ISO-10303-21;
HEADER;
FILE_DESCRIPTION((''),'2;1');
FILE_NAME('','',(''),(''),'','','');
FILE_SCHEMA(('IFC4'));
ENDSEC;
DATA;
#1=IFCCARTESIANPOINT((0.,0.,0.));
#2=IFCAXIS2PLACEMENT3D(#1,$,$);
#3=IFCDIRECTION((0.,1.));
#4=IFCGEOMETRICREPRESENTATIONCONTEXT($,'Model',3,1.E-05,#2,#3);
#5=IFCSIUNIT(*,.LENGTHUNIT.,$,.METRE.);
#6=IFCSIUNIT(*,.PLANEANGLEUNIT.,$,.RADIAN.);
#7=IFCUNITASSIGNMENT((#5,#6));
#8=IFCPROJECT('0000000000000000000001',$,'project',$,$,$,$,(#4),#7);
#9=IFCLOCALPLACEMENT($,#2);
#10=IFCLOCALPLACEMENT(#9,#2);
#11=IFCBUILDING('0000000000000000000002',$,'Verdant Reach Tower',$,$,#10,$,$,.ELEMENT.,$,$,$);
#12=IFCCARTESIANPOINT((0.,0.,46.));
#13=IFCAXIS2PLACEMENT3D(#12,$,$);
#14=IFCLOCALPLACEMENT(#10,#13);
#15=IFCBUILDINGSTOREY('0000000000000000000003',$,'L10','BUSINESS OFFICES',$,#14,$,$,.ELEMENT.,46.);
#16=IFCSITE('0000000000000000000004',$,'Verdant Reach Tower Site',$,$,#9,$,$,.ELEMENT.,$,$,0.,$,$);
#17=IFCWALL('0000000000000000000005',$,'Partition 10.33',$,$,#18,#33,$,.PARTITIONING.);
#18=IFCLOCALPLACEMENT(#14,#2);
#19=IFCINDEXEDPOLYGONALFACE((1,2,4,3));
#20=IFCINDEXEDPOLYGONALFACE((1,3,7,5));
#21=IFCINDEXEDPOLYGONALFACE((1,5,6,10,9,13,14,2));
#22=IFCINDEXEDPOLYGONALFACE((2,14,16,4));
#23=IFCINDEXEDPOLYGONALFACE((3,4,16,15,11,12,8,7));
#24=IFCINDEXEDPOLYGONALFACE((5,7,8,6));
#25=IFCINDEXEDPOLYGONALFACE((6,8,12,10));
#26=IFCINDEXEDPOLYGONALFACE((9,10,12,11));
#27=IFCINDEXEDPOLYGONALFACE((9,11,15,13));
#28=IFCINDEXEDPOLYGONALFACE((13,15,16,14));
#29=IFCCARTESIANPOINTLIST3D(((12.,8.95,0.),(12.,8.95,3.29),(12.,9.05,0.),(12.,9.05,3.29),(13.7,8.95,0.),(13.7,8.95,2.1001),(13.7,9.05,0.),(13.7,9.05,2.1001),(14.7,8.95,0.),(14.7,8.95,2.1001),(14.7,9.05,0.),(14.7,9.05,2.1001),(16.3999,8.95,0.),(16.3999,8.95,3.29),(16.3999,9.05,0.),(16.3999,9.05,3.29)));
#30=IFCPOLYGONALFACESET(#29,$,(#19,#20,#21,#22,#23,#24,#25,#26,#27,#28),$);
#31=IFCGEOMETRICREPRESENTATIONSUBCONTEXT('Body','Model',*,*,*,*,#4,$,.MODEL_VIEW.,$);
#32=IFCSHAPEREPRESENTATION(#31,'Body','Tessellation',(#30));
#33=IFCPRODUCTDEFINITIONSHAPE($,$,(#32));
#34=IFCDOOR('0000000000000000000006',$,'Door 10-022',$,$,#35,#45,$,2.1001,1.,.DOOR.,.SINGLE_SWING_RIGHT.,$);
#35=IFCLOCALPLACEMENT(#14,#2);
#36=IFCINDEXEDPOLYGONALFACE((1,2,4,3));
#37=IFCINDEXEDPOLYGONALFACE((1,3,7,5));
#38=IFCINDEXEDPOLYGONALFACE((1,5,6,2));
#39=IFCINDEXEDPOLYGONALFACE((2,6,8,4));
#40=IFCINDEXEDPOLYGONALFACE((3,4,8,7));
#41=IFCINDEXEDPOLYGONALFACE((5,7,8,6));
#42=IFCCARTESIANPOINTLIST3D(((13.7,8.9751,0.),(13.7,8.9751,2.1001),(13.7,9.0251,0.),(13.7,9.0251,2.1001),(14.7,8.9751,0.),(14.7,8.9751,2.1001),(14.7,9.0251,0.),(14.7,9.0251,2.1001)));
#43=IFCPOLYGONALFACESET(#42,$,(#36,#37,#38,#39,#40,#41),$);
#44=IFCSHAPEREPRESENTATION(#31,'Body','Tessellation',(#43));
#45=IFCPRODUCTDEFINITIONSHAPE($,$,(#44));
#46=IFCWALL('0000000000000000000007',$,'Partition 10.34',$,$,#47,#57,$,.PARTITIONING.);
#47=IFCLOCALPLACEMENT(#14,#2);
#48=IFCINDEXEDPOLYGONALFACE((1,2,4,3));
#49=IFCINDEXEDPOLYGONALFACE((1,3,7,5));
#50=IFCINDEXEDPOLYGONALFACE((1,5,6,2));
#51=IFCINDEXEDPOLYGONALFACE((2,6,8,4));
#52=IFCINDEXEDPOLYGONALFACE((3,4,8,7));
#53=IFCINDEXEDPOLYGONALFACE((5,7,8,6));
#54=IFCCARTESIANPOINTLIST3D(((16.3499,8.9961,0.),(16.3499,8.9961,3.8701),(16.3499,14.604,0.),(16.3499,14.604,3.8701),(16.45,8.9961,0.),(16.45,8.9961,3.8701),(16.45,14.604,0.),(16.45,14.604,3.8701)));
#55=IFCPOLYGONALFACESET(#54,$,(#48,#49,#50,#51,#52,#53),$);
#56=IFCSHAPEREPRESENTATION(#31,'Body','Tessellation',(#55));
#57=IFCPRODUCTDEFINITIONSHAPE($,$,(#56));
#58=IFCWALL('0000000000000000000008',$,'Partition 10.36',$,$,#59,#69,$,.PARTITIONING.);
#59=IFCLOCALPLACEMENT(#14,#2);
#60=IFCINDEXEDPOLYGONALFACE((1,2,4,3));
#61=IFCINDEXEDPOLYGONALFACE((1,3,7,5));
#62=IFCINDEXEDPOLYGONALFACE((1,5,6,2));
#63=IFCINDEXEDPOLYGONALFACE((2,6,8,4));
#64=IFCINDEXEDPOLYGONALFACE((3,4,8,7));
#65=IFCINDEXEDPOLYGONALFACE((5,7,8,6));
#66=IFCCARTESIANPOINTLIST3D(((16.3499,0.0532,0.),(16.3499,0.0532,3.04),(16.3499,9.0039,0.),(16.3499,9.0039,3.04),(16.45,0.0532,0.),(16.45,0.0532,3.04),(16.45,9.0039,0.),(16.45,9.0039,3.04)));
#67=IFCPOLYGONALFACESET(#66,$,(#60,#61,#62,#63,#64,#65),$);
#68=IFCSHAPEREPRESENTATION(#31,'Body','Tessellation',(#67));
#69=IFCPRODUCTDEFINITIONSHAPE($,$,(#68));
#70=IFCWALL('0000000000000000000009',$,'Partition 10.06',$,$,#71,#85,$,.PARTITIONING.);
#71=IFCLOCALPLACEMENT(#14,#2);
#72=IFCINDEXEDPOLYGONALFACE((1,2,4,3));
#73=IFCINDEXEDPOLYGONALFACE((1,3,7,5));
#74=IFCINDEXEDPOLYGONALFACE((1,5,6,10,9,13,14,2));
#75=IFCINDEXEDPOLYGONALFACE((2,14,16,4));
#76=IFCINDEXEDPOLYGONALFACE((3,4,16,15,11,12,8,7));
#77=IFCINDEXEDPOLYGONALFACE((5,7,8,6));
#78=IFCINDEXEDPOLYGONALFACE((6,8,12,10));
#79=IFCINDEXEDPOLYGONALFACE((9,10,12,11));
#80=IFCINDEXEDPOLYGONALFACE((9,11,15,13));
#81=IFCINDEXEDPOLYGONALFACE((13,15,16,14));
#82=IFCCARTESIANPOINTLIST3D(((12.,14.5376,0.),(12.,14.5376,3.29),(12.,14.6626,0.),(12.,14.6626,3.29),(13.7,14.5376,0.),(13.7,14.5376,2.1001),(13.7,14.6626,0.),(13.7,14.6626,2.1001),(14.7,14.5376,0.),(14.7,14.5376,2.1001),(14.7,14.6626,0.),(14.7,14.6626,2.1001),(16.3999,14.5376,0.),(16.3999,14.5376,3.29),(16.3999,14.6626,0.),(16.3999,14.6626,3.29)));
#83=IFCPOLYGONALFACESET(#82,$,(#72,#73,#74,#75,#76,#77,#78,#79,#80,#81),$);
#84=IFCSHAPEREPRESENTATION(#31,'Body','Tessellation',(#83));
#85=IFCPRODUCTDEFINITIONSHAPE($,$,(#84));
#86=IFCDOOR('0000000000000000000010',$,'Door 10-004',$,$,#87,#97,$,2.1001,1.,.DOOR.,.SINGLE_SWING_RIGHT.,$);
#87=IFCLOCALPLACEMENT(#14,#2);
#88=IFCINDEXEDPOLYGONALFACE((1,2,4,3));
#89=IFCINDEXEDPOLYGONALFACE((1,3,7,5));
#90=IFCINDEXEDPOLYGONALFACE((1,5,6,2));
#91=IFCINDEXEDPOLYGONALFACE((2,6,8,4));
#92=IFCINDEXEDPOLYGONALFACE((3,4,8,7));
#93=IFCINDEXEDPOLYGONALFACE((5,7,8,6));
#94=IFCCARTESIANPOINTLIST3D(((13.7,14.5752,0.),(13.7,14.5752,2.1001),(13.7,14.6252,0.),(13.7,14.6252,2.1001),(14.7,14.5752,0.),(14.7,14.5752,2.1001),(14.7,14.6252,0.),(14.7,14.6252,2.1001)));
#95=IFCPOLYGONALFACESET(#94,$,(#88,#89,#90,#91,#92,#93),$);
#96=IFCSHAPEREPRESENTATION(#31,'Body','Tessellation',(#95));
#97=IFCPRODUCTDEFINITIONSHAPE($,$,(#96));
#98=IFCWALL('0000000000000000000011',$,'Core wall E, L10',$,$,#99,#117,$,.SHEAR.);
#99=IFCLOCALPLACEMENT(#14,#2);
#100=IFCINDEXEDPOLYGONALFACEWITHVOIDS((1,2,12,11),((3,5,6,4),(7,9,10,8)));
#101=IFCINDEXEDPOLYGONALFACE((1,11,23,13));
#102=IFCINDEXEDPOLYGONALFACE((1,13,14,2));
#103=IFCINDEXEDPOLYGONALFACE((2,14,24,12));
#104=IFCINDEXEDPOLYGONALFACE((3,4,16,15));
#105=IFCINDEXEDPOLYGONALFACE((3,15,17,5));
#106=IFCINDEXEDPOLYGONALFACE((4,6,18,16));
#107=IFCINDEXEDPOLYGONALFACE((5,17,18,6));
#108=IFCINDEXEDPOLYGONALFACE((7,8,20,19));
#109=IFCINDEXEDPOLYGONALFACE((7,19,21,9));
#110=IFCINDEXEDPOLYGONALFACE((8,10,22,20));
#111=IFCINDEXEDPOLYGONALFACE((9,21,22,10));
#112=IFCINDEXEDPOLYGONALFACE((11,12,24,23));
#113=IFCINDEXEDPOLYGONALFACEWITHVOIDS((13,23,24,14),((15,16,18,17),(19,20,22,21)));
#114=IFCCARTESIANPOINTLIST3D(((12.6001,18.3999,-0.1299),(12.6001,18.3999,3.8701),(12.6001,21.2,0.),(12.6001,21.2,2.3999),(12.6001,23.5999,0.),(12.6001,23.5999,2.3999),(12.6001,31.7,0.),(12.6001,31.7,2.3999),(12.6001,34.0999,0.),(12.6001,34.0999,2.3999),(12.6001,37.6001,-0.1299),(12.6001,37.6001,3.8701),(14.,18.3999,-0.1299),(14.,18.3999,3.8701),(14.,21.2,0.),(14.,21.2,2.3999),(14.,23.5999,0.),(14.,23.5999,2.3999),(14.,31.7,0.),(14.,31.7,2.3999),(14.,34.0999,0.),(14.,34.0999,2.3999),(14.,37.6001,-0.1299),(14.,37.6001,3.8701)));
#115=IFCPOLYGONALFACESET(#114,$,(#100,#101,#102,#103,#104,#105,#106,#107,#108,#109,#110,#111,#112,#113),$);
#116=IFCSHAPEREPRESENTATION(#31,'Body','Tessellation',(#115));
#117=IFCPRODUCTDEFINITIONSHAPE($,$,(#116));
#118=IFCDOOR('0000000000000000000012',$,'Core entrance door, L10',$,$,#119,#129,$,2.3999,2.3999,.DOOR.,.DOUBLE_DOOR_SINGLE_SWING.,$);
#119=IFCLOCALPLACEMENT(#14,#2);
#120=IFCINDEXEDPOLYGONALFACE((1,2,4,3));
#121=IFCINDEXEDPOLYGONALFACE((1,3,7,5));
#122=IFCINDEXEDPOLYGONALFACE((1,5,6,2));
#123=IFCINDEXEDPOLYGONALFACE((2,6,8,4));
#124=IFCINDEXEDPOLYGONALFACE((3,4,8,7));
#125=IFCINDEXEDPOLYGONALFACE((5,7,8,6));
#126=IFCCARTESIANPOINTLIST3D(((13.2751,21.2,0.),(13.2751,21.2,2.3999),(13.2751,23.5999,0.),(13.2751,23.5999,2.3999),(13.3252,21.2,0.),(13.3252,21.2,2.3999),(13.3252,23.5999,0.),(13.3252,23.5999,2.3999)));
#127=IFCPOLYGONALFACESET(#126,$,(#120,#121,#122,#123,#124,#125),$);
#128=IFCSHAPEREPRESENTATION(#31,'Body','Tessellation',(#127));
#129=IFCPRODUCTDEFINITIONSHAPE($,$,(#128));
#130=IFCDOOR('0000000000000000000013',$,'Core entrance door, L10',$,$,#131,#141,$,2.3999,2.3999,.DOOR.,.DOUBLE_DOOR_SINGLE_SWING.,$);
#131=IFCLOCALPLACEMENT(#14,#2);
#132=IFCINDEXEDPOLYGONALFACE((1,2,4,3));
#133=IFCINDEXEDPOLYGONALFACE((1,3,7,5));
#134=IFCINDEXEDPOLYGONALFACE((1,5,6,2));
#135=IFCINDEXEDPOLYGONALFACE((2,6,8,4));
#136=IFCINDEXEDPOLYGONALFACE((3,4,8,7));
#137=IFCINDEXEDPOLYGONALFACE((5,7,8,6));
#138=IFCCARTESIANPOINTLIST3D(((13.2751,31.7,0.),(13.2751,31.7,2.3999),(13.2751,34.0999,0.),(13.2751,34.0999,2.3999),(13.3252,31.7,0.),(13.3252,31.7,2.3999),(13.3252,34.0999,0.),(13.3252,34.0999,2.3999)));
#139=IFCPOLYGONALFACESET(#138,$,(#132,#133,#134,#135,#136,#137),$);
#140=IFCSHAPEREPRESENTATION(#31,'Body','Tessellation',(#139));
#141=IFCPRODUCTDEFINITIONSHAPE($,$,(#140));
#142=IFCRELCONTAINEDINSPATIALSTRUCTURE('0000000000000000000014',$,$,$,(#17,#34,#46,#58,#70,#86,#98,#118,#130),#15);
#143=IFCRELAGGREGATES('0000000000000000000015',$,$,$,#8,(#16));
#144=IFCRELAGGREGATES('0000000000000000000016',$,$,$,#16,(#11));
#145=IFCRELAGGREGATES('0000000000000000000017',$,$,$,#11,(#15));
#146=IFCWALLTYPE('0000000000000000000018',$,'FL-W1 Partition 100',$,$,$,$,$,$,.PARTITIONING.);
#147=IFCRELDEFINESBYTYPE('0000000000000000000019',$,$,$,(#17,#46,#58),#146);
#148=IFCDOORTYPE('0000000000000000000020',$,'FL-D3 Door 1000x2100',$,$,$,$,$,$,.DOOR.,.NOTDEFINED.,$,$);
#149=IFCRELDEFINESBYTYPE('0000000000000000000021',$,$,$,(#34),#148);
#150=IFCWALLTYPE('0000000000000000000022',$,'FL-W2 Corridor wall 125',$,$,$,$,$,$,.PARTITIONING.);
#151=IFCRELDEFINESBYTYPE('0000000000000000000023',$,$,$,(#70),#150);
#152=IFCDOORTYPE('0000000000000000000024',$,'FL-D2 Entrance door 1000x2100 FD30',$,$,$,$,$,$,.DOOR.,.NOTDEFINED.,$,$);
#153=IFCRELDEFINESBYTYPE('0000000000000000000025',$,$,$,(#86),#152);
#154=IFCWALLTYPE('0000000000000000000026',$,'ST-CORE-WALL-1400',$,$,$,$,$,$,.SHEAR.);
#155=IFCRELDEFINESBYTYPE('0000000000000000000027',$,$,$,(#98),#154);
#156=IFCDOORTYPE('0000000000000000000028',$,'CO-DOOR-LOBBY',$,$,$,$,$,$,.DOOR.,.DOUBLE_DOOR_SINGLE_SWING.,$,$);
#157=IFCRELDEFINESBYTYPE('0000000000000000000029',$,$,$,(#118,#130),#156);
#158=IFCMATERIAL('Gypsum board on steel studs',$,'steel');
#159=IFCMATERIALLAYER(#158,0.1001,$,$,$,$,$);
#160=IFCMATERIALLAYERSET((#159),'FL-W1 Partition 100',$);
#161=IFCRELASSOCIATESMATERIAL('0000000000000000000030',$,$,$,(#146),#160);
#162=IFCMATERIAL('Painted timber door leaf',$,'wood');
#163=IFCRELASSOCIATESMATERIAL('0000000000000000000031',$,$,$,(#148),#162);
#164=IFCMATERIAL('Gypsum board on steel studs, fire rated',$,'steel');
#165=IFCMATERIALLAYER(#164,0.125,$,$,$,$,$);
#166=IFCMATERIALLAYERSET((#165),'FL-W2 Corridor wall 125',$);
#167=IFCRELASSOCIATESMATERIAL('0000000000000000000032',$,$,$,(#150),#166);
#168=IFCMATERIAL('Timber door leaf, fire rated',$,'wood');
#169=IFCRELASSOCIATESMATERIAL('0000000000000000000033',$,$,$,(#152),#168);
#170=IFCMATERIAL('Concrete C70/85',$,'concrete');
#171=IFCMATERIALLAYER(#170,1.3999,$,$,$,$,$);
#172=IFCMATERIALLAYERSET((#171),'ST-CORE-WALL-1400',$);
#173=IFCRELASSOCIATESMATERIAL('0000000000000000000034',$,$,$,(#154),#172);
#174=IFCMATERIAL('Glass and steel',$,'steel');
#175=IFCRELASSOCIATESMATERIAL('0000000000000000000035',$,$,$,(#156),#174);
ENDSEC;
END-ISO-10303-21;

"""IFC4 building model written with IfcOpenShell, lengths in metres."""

from ifc_helpers import new_model, si_unit, direction, frame, frame_2d, origin, place, context, subcontext, project, spatial, rectangle, extrude, material, layer, layer_set, type_object, element, fill, save


model = new_model("IFC4")

# Units and contexts
model_context = context("Model", 3, precision=1e-05, world=origin(), true_north=direction((0.0, 1.0)))
body_context = subcontext(model_context, "Body", "Model", "MODEL_VIEW")
ifc_project = project(units=[si_unit("LENGTHUNIT", "METRE"), si_unit("PLANEANGLEUNIT", "RADIAN")], contexts=[model_context])

# Site, building, storey
site_placement = place(None, origin())
site = spatial("IfcSite", under=ifc_project, at=site_placement, Name="Verdant Reach Tower Site", CompositionType="ELEMENT", RefElevation=0.0)
building_placement = place(site_placement, origin())
building = spatial("IfcBuilding", under=site, at=building_placement, Name="Verdant Reach Tower", CompositionType="ELEMENT")
storey_placement = place(building_placement, frame((0.0, 0.0, 46.0)))
storey = spatial("IfcBuildingStorey", under=building, at=storey_placement, Name="L10", Description="BUSINESS OFFICES", CompositionType="ELEMENT", Elevation=46.0)

# Wall, opening, door
ifc_material_1 = material(Name="Gypsum board on steel studs", Category="steel")
ifc_layer_1 = layer(ifc_material_1, 0.1001)
ifc_layer_set_1 = layer_set([ifc_layer_1], Name="FL-W1 Partition 100")
wall_type_1 = type_object("IfcWallType", Name="FL-W1 Partition 100", PredefinedType="PARTITIONING", material=ifc_layer_set_1)
wall_1_placement = place(storey_placement, frame((16.3999, 9.0, 0.0), z_axis=(0.0, 0.0, 1.0), x_axis=(-1.0, 0.0, 0.0)))
wall_1 = element("IfcWall", 1, at=wall_1_placement, inside=storey, type_object=wall_type_1, Name="Partition 10.33", PredefinedType="PARTITIONING", context=body_context, shape_type="SweptSolid", body=[
    extrude(rectangle(XDim=4.3999, YDim=0.1001, at=frame_2d((2.2, 0.0))), origin(), (0.0, 0.0, 1.0), 3.29),
])
opening_1_placement = place(wall_1_placement, frame((1.7, 0.0, 0.0)))
opening_1 = element("IfcOpeningElement", 2, at=opening_1_placement, cuts=wall_1, PredefinedType="OPENING", context=body_context, shape_type="SweptSolid", body=[
    extrude(rectangle(XDim=1.0, YDim=2.1001, at=frame_2d((0.5, 1.05))), frame((0.0, 0.0601, 0.0), z_axis=(0.0, -1.0, 0.0), x_axis=(1.0, 0.0, 0.0)), (0.0, 0.0, 1.0), 0.1201),
])
ifc_material_2 = material(Name="Painted timber door leaf", Category="wood")
door_type_1 = type_object("IfcDoorType", Name="FL-D3 Door 1000x2100", OperationType="NOTDEFINED", PredefinedType="DOOR", material=ifc_material_2)
door_1_placement = place(opening_1_placement, origin())
door_1 = element("IfcDoor", 3, at=door_1_placement, inside=storey, type_object=door_type_1, Name="Door 10-022", OperationType="SINGLE_SWING_RIGHT", OverallHeight=2.1001, OverallWidth=1.0, PredefinedType="DOOR", context=body_context, shape_type="SweptSolid", body=[
    extrude(rectangle(XDim=1.0, YDim=2.1001, at=frame_2d((0.5, 1.05))), frame((0.0, 0.0249, 0.0), z_axis=(0.0, -1.0, 0.0), x_axis=(1.0, 0.0, 0.0)), (0.0, 0.0, 1.0), 0.05),
])
fill(opening_1, door_1)

# Walls
wall_2_placement = place(storey_placement, frame((16.3999, 8.9961, 0.0), z_axis=(0.0, 0.0, 1.0), x_axis=(0.0, 1.0, 0.0)))
element("IfcWall", 4, at=wall_2_placement, inside=storey, type_object=wall_type_1, Name="Partition 10.34", PredefinedType="PARTITIONING", context=body_context, shape_type="SweptSolid", body=[
    extrude(rectangle(XDim=5.6079, YDim=0.1001, at=frame_2d((2.804, 0.0))), origin(), (0.0, 0.0, 1.0), 3.8701),
])
wall_3_placement = place(storey_placement, frame((16.3999, 0.0532, 0.0), z_axis=(0.0, 0.0, 1.0), x_axis=(0.0, 1.0, 0.0)))
element("IfcWall", 5, at=wall_3_placement, inside=storey, type_object=wall_type_1, Name="Partition 10.36", PredefinedType="PARTITIONING", context=body_context, shape_type="SweptSolid", body=[
    extrude(rectangle(XDim=8.9507, YDim=0.1001, at=frame_2d((4.4753, 0.0))), origin(), (0.0, 0.0, 1.0), 3.04),
])

# Wall, opening, door
ifc_material_3 = material(Name="Gypsum board on steel studs, fire rated", Category="steel")
ifc_layer_2 = layer(ifc_material_3, 0.125)
ifc_layer_set_2 = layer_set([ifc_layer_2], Name="FL-W2 Corridor wall 125")
wall_type_2 = type_object("IfcWallType", Name="FL-W2 Corridor wall 125", PredefinedType="PARTITIONING", material=ifc_layer_set_2)
wall_4_placement = place(storey_placement, frame((16.3999, 14.6001, 0.0), z_axis=(0.0, 0.0, 1.0), x_axis=(-1.0, 0.0, 0.0)))
wall_4 = element("IfcWall", 6, at=wall_4_placement, inside=storey, type_object=wall_type_2, Name="Partition 10.06", PredefinedType="PARTITIONING", context=body_context, shape_type="SweptSolid", body=[
    extrude(rectangle(XDim=4.3999, YDim=0.125, at=frame_2d((2.2, 0.0))), origin(), (0.0, 0.0, 1.0), 3.29),
])
opening_2_placement = place(wall_4_placement, frame((1.7, 0.0, 0.0)))
opening_2 = element("IfcOpeningElement", 7, at=opening_2_placement, cuts=wall_4, PredefinedType="OPENING", context=body_context, shape_type="SweptSolid", body=[
    extrude(rectangle(XDim=1.0, YDim=2.1001, at=frame_2d((0.5, 1.05))), frame((0.0, 0.0725, 0.0), z_axis=(0.0, -1.0, 0.0), x_axis=(1.0, 0.0, 0.0)), (0.0, 0.0, 1.0), 0.145),
])
ifc_material_4 = material(Name="Timber door leaf, fire rated", Category="wood")
door_type_2 = type_object("IfcDoorType", Name="FL-D2 Entrance door 1000x2100 FD30", OperationType="NOTDEFINED", PredefinedType="DOOR", material=ifc_material_4)
door_2_placement = place(opening_2_placement, origin())
door_2 = element("IfcDoor", 8, at=door_2_placement, inside=storey, type_object=door_type_2, Name="Door 10-004", OperationType="SINGLE_SWING_RIGHT", OverallHeight=2.1001, OverallWidth=1.0, PredefinedType="DOOR", context=body_context, shape_type="SweptSolid", body=[
    extrude(rectangle(XDim=1.0, YDim=2.1001, at=frame_2d((0.5, 1.05))), frame((0.0, 0.0249, 0.0), z_axis=(0.0, -1.0, 0.0), x_axis=(1.0, 0.0, 0.0)), (0.0, 0.0, 1.0), 0.05),
])
fill(opening_2, door_2)

# Wall, openings, doors
ifc_material_5 = material(Name="Concrete C70/85", Category="concrete")
ifc_layer_3 = layer(ifc_material_5, 1.3999)
ifc_layer_set_3 = layer_set([ifc_layer_3], Name="ST-CORE-WALL-1400")
wall_type_3 = type_object("IfcWallType", Name="ST-CORE-WALL-1400", PredefinedType="SHEAR", material=ifc_layer_set_3)
wall_5_placement = place(storey_placement, frame((13.3, 18.3999, -0.1299), z_axis=(0.0, 0.0, 1.0), x_axis=(0.0, 1.0, 0.0)))
wall_5 = element("IfcWall", 9, at=wall_5_placement, inside=storey, type_object=wall_type_3, Name="Core wall E, L10", PredefinedType="SHEAR", context=body_context, shape_type="SweptSolid", body=[
    extrude(rectangle(XDim=19.2002, YDim=1.3999, at=frame_2d((9.6001, 0.0))), origin(), (0.0, 0.0, 1.0), 4.0),
])
opening_3_placement = place(wall_5_placement, frame((2.8, 0.0, 0.1299)))
opening_3 = element("IfcOpeningElement", 10, at=opening_3_placement, cuts=wall_5, PredefinedType="OPENING", context=body_context, shape_type="SweptSolid", body=[
    extrude(rectangle(XDim=2.3999, YDim=2.3999, at=frame_2d((1.2, 1.2))), frame((0.0, 0.71, 0.0), z_axis=(0.0, -1.0, 0.0), x_axis=(1.0, 0.0, 0.0)), (0.0, 0.0, 1.0), 1.4199),
])
opening_4_placement = place(wall_5_placement, frame((13.3, 0.0, 0.1299)))
opening_4 = element("IfcOpeningElement", 11, at=opening_4_placement, cuts=wall_5, PredefinedType="OPENING", context=body_context, shape_type="SweptSolid", body=[
    extrude(rectangle(XDim=2.3999, YDim=2.3999, at=frame_2d((1.2, 1.2))), frame((0.0, 0.71, 0.0), z_axis=(0.0, -1.0, 0.0), x_axis=(1.0, 0.0, 0.0)), (0.0, 0.0, 1.0), 1.4199),
])
ifc_material_6 = material(Name="Glass and steel", Category="steel")
door_type_3 = type_object("IfcDoorType", Name="CO-DOOR-LOBBY", OperationType="DOUBLE_DOOR_SINGLE_SWING", PredefinedType="DOOR", material=ifc_material_6)
door_3_placement = place(opening_3_placement, origin())
door_3 = element("IfcDoor", 12, at=door_3_placement, inside=storey, type_object=door_type_3, Name="Core entrance door, L10", OperationType="DOUBLE_DOOR_SINGLE_SWING", OverallHeight=2.3999, OverallWidth=2.3999, PredefinedType="DOOR", context=body_context, shape_type="SweptSolid", body=[
    extrude(rectangle(XDim=2.3999, YDim=2.3999, at=frame_2d((1.2, 1.2))), frame((0.0, 0.0249, 0.0), z_axis=(0.0, -1.0, 0.0), x_axis=(1.0, 0.0, 0.0)), (0.0, 0.0, 1.0), 0.05),
])
fill(opening_3, door_3)
door_4_placement = place(opening_4_placement, origin())
door_4 = element("IfcDoor", 13, at=door_4_placement, inside=storey, type_object=door_type_3, Name="Core entrance door, L10", OperationType="DOUBLE_DOOR_SINGLE_SWING", OverallHeight=2.3999, OverallWidth=2.3999, PredefinedType="DOOR", context=body_context, shape_type="SweptSolid", body=[
    extrude(rectangle(XDim=2.3999, YDim=2.3999, at=frame_2d((1.2, 1.2))), frame((0.0, 0.0249, 0.0), z_axis=(0.0, -1.0, 0.0), x_axis=(1.0, 0.0, 0.0)), (0.0, 0.0, 1.0), 0.05),
])
fill(opening_4, door_4)

save(model, "model.ifc")
